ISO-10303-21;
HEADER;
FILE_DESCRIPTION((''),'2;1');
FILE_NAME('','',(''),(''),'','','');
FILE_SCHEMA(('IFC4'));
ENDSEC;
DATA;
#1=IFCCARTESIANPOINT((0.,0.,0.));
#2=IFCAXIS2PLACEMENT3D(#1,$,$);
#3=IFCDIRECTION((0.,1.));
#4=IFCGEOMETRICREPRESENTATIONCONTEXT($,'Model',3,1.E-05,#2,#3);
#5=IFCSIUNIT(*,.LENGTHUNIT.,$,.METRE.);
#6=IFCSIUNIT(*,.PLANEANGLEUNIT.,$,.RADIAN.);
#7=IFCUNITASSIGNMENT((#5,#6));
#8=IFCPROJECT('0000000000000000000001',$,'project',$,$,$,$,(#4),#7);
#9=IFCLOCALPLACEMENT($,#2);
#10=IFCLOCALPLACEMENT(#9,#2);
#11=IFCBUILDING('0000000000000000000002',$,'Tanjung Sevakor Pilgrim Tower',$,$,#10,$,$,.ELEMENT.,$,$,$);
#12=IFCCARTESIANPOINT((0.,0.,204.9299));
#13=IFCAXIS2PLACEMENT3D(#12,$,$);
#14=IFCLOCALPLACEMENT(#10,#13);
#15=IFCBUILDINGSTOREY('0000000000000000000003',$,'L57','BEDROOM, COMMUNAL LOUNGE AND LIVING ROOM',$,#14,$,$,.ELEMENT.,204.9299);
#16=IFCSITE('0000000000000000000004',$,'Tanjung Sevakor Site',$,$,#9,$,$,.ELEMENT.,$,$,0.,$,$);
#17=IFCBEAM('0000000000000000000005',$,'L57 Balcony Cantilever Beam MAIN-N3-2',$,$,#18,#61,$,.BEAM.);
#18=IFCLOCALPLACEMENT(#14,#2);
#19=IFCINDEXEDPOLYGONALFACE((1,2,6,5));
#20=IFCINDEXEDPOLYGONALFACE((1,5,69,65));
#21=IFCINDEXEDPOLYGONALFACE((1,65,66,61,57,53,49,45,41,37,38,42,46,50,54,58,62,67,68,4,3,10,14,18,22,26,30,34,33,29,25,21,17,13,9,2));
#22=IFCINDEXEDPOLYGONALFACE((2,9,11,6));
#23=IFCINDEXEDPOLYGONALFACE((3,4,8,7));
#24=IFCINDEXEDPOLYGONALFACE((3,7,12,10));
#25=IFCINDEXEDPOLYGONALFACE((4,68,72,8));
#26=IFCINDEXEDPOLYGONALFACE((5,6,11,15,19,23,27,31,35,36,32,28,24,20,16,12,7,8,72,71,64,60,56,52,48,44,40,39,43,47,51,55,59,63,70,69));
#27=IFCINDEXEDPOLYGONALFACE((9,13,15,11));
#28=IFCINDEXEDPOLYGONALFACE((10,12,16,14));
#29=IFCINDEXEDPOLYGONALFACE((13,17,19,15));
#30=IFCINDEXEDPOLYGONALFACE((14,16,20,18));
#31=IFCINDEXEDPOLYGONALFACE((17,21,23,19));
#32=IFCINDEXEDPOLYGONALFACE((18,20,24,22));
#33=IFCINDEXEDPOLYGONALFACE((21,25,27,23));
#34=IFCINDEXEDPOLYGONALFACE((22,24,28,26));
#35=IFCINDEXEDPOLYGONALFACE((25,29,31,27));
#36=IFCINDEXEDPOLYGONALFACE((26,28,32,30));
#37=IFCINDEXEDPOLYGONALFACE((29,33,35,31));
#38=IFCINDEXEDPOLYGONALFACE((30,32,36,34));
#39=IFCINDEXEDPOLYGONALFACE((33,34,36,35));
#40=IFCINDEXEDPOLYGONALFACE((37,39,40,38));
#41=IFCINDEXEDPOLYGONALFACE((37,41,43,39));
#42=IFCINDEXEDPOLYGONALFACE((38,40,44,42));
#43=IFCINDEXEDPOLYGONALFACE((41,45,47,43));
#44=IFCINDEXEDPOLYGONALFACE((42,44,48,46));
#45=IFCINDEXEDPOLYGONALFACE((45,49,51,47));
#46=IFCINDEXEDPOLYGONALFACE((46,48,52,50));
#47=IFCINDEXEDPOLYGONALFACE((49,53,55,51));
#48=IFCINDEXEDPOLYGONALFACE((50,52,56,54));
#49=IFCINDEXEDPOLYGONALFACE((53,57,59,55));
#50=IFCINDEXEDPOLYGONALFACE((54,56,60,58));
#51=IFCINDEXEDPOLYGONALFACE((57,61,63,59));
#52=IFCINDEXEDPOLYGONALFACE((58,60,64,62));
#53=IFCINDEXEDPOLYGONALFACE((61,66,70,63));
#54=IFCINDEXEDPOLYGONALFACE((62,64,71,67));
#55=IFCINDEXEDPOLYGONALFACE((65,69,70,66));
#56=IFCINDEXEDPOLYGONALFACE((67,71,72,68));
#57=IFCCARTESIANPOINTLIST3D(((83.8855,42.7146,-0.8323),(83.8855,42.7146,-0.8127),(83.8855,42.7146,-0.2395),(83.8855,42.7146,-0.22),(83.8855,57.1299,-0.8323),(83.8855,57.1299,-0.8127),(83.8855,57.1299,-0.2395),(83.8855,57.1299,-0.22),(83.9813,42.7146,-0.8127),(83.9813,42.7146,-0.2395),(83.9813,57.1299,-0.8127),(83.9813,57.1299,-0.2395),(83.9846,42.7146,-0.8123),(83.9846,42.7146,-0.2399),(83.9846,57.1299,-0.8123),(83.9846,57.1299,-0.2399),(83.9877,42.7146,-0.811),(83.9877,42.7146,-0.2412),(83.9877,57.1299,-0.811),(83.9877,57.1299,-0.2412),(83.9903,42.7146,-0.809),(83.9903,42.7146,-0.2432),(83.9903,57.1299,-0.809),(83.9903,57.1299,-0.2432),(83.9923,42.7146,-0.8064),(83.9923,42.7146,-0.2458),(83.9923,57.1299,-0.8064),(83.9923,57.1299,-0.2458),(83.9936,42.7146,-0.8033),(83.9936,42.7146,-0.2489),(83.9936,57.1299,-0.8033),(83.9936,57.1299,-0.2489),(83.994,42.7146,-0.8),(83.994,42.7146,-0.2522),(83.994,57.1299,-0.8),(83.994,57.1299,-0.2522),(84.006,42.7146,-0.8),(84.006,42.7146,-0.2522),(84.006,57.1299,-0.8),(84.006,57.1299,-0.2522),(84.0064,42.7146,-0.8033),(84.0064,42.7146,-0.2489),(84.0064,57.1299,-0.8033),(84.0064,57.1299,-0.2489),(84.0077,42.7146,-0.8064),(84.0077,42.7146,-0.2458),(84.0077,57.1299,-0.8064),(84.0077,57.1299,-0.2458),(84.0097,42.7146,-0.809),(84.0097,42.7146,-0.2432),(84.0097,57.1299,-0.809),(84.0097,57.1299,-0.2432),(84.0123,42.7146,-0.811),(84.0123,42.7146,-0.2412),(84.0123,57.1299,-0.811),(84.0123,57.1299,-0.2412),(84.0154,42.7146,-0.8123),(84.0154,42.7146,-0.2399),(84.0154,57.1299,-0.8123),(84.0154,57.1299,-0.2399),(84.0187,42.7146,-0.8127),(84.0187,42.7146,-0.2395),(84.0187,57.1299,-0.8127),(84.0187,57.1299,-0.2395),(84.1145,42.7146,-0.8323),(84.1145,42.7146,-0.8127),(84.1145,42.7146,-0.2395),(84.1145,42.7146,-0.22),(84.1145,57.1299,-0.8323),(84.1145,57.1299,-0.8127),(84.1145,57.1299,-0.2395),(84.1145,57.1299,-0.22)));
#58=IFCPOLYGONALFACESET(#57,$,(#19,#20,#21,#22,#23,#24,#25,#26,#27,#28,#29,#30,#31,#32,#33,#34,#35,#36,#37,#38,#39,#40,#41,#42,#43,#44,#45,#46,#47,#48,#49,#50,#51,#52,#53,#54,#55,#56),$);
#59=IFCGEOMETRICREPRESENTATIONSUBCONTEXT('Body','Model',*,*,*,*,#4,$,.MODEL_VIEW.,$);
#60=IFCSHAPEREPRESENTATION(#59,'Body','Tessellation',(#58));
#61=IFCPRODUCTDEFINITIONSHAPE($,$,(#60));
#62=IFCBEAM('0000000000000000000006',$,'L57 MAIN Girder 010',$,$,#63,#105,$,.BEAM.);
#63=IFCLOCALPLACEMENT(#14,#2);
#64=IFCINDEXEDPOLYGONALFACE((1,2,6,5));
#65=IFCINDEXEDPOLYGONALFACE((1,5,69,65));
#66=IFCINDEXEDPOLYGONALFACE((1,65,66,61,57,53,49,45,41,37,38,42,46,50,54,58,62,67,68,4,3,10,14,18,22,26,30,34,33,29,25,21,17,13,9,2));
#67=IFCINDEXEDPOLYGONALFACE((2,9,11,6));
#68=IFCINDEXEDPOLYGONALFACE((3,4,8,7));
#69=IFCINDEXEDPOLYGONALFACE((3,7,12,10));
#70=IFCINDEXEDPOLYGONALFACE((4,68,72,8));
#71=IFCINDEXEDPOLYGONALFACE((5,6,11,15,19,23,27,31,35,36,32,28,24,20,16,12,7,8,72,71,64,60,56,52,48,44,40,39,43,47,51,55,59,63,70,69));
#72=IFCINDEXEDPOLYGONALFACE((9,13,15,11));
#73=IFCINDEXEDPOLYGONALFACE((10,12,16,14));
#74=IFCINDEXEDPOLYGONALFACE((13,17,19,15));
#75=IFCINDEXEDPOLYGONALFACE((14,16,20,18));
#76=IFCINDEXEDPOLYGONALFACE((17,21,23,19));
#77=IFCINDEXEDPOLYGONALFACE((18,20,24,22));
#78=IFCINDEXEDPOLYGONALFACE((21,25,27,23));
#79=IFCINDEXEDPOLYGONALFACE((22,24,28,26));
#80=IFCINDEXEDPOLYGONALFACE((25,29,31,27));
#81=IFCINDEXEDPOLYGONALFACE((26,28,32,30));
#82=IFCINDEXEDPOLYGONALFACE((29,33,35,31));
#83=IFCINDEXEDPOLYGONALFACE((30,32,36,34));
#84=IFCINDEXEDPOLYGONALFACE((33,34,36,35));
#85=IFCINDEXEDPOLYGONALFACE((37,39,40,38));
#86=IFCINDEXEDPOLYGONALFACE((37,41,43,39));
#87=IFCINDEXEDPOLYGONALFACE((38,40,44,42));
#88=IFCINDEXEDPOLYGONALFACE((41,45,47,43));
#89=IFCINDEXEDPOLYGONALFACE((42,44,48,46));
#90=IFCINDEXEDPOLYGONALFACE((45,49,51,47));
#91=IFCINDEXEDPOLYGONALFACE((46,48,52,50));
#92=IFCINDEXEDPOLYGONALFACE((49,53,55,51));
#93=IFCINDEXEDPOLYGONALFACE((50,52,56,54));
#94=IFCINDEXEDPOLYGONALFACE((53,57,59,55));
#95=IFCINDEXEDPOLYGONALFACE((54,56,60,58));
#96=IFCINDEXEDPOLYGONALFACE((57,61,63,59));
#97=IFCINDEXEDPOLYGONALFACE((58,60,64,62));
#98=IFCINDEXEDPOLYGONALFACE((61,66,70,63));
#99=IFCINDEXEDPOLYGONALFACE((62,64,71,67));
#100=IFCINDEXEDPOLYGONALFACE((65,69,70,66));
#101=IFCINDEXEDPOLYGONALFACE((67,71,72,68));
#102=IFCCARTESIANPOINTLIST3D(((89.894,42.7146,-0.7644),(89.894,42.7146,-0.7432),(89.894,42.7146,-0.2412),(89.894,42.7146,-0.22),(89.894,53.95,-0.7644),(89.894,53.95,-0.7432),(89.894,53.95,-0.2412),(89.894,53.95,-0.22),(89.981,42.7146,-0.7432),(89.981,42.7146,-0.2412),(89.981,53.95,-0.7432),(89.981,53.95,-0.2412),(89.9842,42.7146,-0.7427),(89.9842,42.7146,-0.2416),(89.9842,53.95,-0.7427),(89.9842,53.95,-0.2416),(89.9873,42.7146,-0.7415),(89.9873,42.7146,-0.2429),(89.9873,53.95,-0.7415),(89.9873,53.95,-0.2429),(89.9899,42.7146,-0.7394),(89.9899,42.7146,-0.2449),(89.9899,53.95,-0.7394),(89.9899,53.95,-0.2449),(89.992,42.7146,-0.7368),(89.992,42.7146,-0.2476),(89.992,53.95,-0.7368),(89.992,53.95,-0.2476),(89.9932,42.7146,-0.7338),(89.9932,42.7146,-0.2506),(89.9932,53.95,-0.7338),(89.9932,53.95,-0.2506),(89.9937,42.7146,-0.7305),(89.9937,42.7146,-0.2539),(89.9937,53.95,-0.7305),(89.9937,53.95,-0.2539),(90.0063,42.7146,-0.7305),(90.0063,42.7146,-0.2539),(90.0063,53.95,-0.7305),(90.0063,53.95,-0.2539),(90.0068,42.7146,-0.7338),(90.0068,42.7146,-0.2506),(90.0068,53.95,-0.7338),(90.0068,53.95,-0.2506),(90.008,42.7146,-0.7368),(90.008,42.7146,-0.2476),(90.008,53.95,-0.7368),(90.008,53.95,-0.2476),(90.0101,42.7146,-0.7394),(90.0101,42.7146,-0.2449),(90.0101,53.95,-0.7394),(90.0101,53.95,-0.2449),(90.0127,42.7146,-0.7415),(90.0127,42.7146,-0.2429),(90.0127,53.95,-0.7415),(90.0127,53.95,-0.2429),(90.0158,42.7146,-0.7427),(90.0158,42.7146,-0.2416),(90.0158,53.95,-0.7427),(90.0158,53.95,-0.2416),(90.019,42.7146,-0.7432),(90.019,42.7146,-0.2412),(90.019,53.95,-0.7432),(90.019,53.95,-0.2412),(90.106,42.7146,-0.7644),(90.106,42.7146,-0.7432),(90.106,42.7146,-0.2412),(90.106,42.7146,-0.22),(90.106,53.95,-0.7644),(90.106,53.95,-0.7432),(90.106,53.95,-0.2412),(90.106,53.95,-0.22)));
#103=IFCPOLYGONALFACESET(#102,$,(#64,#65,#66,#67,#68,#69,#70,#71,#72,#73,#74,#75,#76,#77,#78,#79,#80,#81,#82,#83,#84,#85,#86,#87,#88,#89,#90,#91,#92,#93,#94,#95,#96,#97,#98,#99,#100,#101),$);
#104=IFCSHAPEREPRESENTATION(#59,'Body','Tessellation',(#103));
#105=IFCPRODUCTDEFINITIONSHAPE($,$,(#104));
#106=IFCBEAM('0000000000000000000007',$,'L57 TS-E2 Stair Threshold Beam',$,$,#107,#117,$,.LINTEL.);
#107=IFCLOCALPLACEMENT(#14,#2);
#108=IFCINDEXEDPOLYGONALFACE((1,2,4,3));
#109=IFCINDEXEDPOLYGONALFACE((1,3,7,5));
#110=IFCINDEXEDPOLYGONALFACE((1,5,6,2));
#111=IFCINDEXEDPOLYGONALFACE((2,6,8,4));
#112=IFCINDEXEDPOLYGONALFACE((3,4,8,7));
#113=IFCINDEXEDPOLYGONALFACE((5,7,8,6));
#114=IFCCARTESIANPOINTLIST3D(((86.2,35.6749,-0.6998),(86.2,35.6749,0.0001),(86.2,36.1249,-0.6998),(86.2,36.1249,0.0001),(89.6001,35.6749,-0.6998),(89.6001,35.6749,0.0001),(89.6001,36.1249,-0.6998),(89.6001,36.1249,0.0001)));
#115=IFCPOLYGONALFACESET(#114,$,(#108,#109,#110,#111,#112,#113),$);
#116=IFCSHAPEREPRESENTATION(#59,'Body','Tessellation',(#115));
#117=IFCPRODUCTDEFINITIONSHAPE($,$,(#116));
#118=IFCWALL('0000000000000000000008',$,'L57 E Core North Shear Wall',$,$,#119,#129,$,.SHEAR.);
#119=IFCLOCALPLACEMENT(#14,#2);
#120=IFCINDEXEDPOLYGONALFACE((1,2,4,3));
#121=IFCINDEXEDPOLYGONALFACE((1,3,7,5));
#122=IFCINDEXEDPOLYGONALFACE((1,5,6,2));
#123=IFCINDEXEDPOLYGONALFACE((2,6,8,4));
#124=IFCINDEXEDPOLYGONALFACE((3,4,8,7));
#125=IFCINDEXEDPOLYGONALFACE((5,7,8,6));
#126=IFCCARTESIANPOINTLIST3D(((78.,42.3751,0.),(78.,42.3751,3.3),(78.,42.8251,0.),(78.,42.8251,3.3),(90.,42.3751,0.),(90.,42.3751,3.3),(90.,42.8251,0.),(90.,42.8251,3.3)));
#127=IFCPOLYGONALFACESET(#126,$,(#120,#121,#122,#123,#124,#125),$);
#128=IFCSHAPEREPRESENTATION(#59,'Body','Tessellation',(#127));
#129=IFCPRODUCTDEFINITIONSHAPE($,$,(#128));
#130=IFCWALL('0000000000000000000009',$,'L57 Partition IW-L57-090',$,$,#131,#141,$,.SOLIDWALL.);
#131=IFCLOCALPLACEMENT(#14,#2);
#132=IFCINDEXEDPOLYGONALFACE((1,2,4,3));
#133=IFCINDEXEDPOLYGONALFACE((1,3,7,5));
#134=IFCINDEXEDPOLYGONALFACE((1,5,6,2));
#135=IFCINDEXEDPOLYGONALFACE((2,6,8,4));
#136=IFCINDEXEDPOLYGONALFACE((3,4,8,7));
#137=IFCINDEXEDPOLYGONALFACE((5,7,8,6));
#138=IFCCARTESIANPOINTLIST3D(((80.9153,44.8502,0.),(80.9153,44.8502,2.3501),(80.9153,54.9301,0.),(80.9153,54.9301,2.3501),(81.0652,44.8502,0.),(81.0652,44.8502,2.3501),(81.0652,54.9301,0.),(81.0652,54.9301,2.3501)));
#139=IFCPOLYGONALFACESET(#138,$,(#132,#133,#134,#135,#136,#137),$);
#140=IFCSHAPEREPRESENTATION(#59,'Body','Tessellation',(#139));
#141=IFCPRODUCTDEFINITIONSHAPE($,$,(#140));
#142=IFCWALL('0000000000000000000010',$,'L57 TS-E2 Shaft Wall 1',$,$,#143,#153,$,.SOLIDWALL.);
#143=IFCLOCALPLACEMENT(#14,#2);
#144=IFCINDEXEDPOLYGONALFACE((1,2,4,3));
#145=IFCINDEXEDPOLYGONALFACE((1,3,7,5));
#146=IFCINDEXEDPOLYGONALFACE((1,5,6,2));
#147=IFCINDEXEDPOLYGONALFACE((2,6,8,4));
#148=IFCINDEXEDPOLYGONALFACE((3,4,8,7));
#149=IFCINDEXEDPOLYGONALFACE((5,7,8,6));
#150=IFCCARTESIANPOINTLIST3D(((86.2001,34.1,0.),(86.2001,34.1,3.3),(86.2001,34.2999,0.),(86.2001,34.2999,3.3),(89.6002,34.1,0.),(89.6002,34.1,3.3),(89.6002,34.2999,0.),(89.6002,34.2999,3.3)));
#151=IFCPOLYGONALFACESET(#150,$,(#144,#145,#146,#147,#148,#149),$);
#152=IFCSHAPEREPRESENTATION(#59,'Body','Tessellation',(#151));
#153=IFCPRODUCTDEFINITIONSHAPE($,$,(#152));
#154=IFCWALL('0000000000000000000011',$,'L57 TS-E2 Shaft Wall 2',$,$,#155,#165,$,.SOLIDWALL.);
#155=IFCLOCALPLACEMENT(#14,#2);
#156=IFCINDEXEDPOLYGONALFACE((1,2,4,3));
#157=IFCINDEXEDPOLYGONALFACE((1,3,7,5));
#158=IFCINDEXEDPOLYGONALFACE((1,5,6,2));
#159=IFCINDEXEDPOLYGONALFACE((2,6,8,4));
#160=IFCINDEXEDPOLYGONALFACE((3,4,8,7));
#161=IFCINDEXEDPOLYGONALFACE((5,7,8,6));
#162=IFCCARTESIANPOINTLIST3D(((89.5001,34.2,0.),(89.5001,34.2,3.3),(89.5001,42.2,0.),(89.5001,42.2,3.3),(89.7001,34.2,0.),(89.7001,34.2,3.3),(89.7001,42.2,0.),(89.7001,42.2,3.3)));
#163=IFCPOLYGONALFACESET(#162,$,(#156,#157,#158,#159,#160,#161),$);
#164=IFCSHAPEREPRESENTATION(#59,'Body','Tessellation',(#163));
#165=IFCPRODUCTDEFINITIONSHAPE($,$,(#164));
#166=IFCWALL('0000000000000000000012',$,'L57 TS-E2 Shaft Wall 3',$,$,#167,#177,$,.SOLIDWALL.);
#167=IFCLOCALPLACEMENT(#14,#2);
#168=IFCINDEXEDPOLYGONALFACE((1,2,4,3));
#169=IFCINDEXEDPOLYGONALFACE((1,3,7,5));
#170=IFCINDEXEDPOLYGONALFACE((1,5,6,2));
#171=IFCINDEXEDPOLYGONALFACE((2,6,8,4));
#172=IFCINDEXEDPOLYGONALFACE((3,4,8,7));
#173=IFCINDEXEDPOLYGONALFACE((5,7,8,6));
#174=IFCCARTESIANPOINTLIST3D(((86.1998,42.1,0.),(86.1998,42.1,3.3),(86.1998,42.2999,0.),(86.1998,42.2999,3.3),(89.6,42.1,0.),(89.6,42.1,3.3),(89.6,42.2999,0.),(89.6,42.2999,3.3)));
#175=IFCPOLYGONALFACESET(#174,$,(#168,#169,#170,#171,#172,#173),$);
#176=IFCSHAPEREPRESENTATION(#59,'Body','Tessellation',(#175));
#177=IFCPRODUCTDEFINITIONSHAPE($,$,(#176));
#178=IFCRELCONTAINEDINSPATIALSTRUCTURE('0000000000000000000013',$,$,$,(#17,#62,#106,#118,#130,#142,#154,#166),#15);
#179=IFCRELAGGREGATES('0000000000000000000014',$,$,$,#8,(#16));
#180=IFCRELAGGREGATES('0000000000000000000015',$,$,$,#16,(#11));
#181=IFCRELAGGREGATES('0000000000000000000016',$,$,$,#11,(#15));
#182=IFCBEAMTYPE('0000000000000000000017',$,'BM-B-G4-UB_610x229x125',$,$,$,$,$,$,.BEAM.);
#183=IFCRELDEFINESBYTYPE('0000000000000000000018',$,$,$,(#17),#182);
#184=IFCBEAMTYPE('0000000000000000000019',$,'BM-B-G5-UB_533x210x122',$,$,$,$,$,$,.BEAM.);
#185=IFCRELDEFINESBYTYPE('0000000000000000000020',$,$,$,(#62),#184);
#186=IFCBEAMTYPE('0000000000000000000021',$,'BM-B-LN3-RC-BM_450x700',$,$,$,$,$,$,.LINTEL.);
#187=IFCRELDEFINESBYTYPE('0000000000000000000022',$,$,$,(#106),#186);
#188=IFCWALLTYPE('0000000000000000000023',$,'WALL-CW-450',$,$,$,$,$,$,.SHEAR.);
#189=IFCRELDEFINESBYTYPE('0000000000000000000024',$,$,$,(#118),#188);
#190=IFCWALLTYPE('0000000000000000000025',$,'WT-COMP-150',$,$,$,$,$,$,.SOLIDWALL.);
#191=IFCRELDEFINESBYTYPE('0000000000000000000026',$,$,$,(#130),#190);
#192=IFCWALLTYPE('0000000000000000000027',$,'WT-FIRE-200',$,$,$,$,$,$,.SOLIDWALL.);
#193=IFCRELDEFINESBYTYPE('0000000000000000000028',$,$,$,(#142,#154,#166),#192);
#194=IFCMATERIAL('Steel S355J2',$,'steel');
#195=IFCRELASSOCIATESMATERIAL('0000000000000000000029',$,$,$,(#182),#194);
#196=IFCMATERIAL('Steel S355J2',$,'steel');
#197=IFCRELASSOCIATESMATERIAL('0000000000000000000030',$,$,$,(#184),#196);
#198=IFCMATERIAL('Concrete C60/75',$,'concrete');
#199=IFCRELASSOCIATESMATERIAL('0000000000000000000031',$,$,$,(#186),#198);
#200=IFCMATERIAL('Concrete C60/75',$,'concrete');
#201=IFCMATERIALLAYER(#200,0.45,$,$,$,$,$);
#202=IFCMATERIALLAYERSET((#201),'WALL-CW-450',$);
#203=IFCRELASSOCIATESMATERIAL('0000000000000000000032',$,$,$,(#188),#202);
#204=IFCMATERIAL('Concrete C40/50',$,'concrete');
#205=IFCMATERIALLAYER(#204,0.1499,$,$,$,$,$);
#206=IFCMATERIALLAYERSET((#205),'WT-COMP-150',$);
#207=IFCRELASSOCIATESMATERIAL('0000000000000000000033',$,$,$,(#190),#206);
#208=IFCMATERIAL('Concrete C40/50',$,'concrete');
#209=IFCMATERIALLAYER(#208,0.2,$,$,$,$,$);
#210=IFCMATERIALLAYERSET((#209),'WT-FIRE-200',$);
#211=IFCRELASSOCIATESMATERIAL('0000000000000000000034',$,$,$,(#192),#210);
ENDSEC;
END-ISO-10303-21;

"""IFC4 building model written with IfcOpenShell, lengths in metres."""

from ifc_helpers import new_model, si_unit, direction, frame, frame_2d, origin, origin_2d, place, context, subcontext, project, spatial, rectangle, i_section, extrude, material, layer, layer_set, material_profile, profile_set, type_object, element, save


model = new_model("IFC4")

# Units and contexts
model_context = context("Model", 3, precision=1e-05, world=origin(), true_north=direction((0.0, 1.0)))
body_context = subcontext(model_context, "Body", "Model", "MODEL_VIEW")
ifc_project = project(units=[si_unit("LENGTHUNIT", "METRE"), si_unit("PLANEANGLEUNIT", "RADIAN")], contexts=[model_context])

# Site, building, storey
site_placement = place(None, origin())
site = spatial("IfcSite", under=ifc_project, at=site_placement, Name="Tanjung Sevakor Site", CompositionType="ELEMENT", RefElevation=0.0)
building_placement = place(site_placement, origin())
building = spatial("IfcBuilding", under=site, at=building_placement, Name="Tanjung Sevakor Pilgrim Tower", CompositionType="ELEMENT")
storey_placement = place(building_placement, frame((0.0, 0.0, 204.9299)))
storey = spatial("IfcBuildingStorey", under=building, at=storey_placement, Name="L57", Description="BEDROOM, COMMUNAL LOUNGE AND LIVING ROOM", CompositionType="ELEMENT", Elevation=204.9299)

# Beams
ifc_material_1 = material(Name="Steel S355J2", Category="steel")
ifc_material_profile_1 = material_profile(ifc_material_1, i_section(OverallWidth=0.229, OverallDepth=0.6123, WebThickness=0.012, FlangeThickness=0.0195, FilletRadius=0.0127, at=origin_2d()))
ifc_profile_set_1 = profile_set([ifc_material_profile_1], Name="Steel S355J2")
beam_type_1 = type_object("IfcBeamType", Name="BM-B-G4-UB_610x229x125", PredefinedType="BEAM", material=ifc_profile_set_1)
beam_1_placement = place(storey_placement, frame((84.0, 42.7146, -0.5261), z_axis=(0.0, 1.0, 0.0), x_axis=(-1.0, 0.0, 0.0)))
element("IfcBeam", 1, at=beam_1_placement, inside=storey, type_object=beam_type_1, Name="L57 Balcony Cantilever Beam MAIN-N3-2", PredefinedType="BEAM", context=body_context, shape_type="SweptSolid", body=[
    extrude(i_section(OverallWidth=0.229, OverallDepth=0.6123, WebThickness=0.012, FlangeThickness=0.0195, FilletRadius=0.0127, at=origin_2d()), origin(), (0.0, 0.0, 1.0), 14.4153),
])
ifc_material_2 = material(Name="Steel S355J2", Category="steel")
ifc_material_profile_2 = material_profile(ifc_material_2, i_section(OverallWidth=0.2119, OverallDepth=0.5444, WebThickness=0.0127, FlangeThickness=0.0212, FilletRadius=0.0127, at=origin_2d()))
ifc_profile_set_2 = profile_set([ifc_material_profile_2], Name="Steel S355J2")
beam_type_2 = type_object("IfcBeamType", Name="BM-B-G5-UB_533x210x122", PredefinedType="BEAM", material=ifc_profile_set_2)
beam_2_placement = place(storey_placement, frame((90.0, 42.7146, -0.4922), z_axis=(0.0, 1.0, 0.0), x_axis=(-1.0, 0.0, 0.0)))
element("IfcBeam", 2, at=beam_2_placement, inside=storey, type_object=beam_type_2, Name="L57 MAIN Girder 010", PredefinedType="BEAM", context=body_context, shape_type="SweptSolid", body=[
    extrude(i_section(OverallWidth=0.2119, OverallDepth=0.5444, WebThickness=0.0127, FlangeThickness=0.0212, FilletRadius=0.0127, at=origin_2d()), origin(), (0.0, 0.0, 1.0), 11.2354),
])
ifc_material_3 = material(Name="Concrete C60/75", Category="concrete")
ifc_material_profile_3 = material_profile(ifc_material_3, rectangle(XDim=0.45, YDim=0.7, at=origin_2d()))
ifc_profile_set_3 = profile_set([ifc_material_profile_3], Name="Concrete C60/75")
beam_type_3 = type_object("IfcBeamType", Name="BM-B-LN3-RC-BM_450x700", PredefinedType="LINTEL", material=ifc_profile_set_3)
beam_3_placement = place(storey_placement, frame((86.2, 35.8999, -0.3499), z_axis=(1.0, 0.0, 0.0), x_axis=(0.0, 1.0, 0.0)))
element("IfcBeam", 3, at=beam_3_placement, inside=storey, type_object=beam_type_3, Name="L57 TS-E2 Stair Threshold Beam", PredefinedType="LINTEL", context=body_context, shape_type="SweptSolid", body=[
    extrude(rectangle(XDim=0.45, YDim=0.7, at=origin_2d()), origin(), (0.0, 0.0, 1.0), 3.4001),
])

# Wall
ifc_material_4 = material(Name="Concrete C60/75", Category="concrete")
ifc_layer_1 = layer(ifc_material_4, 0.45)
ifc_layer_set_1 = layer_set([ifc_layer_1], Name="WALL-CW-450")
wall_type_1 = type_object("IfcWallType", Name="WALL-CW-450", PredefinedType="SHEAR", material=ifc_layer_set_1)
wall_1_placement = place(storey_placement, frame((90.0, 42.6001, 0.0), z_axis=(0.0, 0.0, 1.0), x_axis=(-1.0, 0.0, 0.0)))
element("IfcWall", 4, at=wall_1_placement, inside=storey, type_object=wall_type_1, Name="L57 E Core North Shear Wall", PredefinedType="SHEAR", context=body_context, shape_type="SweptSolid", body=[
    extrude(rectangle(XDim=12.0, YDim=0.45, at=frame_2d((6.0, 0.0))), origin(), (0.0, 0.0, 1.0), 3.3),
])
ifc_material_5 = material(Name="Concrete C40/50", Category="concrete")
ifc_layer_2 = layer(ifc_material_5, 0.1499)
ifc_layer_set_2 = layer_set([ifc_layer_2], Name="WT-COMP-150")
wall_type_2 = type_object("IfcWallType", Name="WT-COMP-150", PredefinedType="SOLIDWALL", material=ifc_layer_set_2)

# Walls
wall_2_placement = place(storey_placement, frame((80.9902, 44.8501, 0.0), z_axis=(0.0, 0.0, 1.0), x_axis=(0.0, 1.0, 0.0)))
element("IfcWall", 5, at=wall_2_placement, inside=storey, type_object=wall_type_2, Name="L57 Partition IW-L57-090", PredefinedType="SOLIDWALL", context=body_context, shape_type="SweptSolid", body=[
    extrude(rectangle(XDim=10.0798, YDim=0.1499, at=frame_2d((5.04, 0.0))), origin(), (0.0, 0.0, 1.0), 2.3501),
])
ifc_material_6 = material(Name="Concrete C40/50", Category="concrete")
ifc_layer_3 = layer(ifc_material_6, 0.2)
ifc_layer_set_3 = layer_set([ifc_layer_3], Name="WT-FIRE-200")
wall_type_3 = type_object("IfcWallType", Name="WT-FIRE-200", PredefinedType="SOLIDWALL", material=ifc_layer_set_3)
wall_3_placement = place(storey_placement, frame((86.2, 34.2, 0.0), z_axis=(0.0, 0.0, 1.0), x_axis=(1.0, 0.0, 0.0)))
element("IfcWall", 6, at=wall_3_placement, inside=storey, type_object=wall_type_3, Name="L57 TS-E2 Shaft Wall 1", PredefinedType="SOLIDWALL", context=body_context, shape_type="SweptSolid", body=[
    extrude(rectangle(XDim=3.4001, YDim=0.2, at=frame_2d((1.7002, 0.0))), origin(), (0.0, 0.0, 1.0), 3.3),
])
wall_4_placement = place(storey_placement, frame((89.6001, 34.2, 0.0), z_axis=(0.0, 0.0, 1.0), x_axis=(0.0, 1.0, 0.0)))
element("IfcWall", 7, at=wall_4_placement, inside=storey, type_object=wall_type_3, Name="L57 TS-E2 Shaft Wall 2", PredefinedType="SOLIDWALL", context=body_context, shape_type="SweptSolid", body=[
    extrude(rectangle(XDim=8.0, YDim=0.2, at=frame_2d((4.0, 0.0))), origin(), (0.0, 0.0, 1.0), 3.3),
])
wall_5_placement = place(storey_placement, frame((89.6001, 42.2, 0.0), z_axis=(0.0, 0.0, 1.0), x_axis=(-1.0, 0.0, 0.0)))
element("IfcWall", 8, at=wall_5_placement, inside=storey, type_object=wall_type_3, Name="L57 TS-E2 Shaft Wall 3", PredefinedType="SOLIDWALL", context=body_context, shape_type="SweptSolid", body=[
    extrude(rectangle(XDim=3.4001, YDim=0.2, at=frame_2d((1.7002, 0.0))), origin(), (0.0, 0.0, 1.0), 3.3),
])

save(model, "model.ifc")
